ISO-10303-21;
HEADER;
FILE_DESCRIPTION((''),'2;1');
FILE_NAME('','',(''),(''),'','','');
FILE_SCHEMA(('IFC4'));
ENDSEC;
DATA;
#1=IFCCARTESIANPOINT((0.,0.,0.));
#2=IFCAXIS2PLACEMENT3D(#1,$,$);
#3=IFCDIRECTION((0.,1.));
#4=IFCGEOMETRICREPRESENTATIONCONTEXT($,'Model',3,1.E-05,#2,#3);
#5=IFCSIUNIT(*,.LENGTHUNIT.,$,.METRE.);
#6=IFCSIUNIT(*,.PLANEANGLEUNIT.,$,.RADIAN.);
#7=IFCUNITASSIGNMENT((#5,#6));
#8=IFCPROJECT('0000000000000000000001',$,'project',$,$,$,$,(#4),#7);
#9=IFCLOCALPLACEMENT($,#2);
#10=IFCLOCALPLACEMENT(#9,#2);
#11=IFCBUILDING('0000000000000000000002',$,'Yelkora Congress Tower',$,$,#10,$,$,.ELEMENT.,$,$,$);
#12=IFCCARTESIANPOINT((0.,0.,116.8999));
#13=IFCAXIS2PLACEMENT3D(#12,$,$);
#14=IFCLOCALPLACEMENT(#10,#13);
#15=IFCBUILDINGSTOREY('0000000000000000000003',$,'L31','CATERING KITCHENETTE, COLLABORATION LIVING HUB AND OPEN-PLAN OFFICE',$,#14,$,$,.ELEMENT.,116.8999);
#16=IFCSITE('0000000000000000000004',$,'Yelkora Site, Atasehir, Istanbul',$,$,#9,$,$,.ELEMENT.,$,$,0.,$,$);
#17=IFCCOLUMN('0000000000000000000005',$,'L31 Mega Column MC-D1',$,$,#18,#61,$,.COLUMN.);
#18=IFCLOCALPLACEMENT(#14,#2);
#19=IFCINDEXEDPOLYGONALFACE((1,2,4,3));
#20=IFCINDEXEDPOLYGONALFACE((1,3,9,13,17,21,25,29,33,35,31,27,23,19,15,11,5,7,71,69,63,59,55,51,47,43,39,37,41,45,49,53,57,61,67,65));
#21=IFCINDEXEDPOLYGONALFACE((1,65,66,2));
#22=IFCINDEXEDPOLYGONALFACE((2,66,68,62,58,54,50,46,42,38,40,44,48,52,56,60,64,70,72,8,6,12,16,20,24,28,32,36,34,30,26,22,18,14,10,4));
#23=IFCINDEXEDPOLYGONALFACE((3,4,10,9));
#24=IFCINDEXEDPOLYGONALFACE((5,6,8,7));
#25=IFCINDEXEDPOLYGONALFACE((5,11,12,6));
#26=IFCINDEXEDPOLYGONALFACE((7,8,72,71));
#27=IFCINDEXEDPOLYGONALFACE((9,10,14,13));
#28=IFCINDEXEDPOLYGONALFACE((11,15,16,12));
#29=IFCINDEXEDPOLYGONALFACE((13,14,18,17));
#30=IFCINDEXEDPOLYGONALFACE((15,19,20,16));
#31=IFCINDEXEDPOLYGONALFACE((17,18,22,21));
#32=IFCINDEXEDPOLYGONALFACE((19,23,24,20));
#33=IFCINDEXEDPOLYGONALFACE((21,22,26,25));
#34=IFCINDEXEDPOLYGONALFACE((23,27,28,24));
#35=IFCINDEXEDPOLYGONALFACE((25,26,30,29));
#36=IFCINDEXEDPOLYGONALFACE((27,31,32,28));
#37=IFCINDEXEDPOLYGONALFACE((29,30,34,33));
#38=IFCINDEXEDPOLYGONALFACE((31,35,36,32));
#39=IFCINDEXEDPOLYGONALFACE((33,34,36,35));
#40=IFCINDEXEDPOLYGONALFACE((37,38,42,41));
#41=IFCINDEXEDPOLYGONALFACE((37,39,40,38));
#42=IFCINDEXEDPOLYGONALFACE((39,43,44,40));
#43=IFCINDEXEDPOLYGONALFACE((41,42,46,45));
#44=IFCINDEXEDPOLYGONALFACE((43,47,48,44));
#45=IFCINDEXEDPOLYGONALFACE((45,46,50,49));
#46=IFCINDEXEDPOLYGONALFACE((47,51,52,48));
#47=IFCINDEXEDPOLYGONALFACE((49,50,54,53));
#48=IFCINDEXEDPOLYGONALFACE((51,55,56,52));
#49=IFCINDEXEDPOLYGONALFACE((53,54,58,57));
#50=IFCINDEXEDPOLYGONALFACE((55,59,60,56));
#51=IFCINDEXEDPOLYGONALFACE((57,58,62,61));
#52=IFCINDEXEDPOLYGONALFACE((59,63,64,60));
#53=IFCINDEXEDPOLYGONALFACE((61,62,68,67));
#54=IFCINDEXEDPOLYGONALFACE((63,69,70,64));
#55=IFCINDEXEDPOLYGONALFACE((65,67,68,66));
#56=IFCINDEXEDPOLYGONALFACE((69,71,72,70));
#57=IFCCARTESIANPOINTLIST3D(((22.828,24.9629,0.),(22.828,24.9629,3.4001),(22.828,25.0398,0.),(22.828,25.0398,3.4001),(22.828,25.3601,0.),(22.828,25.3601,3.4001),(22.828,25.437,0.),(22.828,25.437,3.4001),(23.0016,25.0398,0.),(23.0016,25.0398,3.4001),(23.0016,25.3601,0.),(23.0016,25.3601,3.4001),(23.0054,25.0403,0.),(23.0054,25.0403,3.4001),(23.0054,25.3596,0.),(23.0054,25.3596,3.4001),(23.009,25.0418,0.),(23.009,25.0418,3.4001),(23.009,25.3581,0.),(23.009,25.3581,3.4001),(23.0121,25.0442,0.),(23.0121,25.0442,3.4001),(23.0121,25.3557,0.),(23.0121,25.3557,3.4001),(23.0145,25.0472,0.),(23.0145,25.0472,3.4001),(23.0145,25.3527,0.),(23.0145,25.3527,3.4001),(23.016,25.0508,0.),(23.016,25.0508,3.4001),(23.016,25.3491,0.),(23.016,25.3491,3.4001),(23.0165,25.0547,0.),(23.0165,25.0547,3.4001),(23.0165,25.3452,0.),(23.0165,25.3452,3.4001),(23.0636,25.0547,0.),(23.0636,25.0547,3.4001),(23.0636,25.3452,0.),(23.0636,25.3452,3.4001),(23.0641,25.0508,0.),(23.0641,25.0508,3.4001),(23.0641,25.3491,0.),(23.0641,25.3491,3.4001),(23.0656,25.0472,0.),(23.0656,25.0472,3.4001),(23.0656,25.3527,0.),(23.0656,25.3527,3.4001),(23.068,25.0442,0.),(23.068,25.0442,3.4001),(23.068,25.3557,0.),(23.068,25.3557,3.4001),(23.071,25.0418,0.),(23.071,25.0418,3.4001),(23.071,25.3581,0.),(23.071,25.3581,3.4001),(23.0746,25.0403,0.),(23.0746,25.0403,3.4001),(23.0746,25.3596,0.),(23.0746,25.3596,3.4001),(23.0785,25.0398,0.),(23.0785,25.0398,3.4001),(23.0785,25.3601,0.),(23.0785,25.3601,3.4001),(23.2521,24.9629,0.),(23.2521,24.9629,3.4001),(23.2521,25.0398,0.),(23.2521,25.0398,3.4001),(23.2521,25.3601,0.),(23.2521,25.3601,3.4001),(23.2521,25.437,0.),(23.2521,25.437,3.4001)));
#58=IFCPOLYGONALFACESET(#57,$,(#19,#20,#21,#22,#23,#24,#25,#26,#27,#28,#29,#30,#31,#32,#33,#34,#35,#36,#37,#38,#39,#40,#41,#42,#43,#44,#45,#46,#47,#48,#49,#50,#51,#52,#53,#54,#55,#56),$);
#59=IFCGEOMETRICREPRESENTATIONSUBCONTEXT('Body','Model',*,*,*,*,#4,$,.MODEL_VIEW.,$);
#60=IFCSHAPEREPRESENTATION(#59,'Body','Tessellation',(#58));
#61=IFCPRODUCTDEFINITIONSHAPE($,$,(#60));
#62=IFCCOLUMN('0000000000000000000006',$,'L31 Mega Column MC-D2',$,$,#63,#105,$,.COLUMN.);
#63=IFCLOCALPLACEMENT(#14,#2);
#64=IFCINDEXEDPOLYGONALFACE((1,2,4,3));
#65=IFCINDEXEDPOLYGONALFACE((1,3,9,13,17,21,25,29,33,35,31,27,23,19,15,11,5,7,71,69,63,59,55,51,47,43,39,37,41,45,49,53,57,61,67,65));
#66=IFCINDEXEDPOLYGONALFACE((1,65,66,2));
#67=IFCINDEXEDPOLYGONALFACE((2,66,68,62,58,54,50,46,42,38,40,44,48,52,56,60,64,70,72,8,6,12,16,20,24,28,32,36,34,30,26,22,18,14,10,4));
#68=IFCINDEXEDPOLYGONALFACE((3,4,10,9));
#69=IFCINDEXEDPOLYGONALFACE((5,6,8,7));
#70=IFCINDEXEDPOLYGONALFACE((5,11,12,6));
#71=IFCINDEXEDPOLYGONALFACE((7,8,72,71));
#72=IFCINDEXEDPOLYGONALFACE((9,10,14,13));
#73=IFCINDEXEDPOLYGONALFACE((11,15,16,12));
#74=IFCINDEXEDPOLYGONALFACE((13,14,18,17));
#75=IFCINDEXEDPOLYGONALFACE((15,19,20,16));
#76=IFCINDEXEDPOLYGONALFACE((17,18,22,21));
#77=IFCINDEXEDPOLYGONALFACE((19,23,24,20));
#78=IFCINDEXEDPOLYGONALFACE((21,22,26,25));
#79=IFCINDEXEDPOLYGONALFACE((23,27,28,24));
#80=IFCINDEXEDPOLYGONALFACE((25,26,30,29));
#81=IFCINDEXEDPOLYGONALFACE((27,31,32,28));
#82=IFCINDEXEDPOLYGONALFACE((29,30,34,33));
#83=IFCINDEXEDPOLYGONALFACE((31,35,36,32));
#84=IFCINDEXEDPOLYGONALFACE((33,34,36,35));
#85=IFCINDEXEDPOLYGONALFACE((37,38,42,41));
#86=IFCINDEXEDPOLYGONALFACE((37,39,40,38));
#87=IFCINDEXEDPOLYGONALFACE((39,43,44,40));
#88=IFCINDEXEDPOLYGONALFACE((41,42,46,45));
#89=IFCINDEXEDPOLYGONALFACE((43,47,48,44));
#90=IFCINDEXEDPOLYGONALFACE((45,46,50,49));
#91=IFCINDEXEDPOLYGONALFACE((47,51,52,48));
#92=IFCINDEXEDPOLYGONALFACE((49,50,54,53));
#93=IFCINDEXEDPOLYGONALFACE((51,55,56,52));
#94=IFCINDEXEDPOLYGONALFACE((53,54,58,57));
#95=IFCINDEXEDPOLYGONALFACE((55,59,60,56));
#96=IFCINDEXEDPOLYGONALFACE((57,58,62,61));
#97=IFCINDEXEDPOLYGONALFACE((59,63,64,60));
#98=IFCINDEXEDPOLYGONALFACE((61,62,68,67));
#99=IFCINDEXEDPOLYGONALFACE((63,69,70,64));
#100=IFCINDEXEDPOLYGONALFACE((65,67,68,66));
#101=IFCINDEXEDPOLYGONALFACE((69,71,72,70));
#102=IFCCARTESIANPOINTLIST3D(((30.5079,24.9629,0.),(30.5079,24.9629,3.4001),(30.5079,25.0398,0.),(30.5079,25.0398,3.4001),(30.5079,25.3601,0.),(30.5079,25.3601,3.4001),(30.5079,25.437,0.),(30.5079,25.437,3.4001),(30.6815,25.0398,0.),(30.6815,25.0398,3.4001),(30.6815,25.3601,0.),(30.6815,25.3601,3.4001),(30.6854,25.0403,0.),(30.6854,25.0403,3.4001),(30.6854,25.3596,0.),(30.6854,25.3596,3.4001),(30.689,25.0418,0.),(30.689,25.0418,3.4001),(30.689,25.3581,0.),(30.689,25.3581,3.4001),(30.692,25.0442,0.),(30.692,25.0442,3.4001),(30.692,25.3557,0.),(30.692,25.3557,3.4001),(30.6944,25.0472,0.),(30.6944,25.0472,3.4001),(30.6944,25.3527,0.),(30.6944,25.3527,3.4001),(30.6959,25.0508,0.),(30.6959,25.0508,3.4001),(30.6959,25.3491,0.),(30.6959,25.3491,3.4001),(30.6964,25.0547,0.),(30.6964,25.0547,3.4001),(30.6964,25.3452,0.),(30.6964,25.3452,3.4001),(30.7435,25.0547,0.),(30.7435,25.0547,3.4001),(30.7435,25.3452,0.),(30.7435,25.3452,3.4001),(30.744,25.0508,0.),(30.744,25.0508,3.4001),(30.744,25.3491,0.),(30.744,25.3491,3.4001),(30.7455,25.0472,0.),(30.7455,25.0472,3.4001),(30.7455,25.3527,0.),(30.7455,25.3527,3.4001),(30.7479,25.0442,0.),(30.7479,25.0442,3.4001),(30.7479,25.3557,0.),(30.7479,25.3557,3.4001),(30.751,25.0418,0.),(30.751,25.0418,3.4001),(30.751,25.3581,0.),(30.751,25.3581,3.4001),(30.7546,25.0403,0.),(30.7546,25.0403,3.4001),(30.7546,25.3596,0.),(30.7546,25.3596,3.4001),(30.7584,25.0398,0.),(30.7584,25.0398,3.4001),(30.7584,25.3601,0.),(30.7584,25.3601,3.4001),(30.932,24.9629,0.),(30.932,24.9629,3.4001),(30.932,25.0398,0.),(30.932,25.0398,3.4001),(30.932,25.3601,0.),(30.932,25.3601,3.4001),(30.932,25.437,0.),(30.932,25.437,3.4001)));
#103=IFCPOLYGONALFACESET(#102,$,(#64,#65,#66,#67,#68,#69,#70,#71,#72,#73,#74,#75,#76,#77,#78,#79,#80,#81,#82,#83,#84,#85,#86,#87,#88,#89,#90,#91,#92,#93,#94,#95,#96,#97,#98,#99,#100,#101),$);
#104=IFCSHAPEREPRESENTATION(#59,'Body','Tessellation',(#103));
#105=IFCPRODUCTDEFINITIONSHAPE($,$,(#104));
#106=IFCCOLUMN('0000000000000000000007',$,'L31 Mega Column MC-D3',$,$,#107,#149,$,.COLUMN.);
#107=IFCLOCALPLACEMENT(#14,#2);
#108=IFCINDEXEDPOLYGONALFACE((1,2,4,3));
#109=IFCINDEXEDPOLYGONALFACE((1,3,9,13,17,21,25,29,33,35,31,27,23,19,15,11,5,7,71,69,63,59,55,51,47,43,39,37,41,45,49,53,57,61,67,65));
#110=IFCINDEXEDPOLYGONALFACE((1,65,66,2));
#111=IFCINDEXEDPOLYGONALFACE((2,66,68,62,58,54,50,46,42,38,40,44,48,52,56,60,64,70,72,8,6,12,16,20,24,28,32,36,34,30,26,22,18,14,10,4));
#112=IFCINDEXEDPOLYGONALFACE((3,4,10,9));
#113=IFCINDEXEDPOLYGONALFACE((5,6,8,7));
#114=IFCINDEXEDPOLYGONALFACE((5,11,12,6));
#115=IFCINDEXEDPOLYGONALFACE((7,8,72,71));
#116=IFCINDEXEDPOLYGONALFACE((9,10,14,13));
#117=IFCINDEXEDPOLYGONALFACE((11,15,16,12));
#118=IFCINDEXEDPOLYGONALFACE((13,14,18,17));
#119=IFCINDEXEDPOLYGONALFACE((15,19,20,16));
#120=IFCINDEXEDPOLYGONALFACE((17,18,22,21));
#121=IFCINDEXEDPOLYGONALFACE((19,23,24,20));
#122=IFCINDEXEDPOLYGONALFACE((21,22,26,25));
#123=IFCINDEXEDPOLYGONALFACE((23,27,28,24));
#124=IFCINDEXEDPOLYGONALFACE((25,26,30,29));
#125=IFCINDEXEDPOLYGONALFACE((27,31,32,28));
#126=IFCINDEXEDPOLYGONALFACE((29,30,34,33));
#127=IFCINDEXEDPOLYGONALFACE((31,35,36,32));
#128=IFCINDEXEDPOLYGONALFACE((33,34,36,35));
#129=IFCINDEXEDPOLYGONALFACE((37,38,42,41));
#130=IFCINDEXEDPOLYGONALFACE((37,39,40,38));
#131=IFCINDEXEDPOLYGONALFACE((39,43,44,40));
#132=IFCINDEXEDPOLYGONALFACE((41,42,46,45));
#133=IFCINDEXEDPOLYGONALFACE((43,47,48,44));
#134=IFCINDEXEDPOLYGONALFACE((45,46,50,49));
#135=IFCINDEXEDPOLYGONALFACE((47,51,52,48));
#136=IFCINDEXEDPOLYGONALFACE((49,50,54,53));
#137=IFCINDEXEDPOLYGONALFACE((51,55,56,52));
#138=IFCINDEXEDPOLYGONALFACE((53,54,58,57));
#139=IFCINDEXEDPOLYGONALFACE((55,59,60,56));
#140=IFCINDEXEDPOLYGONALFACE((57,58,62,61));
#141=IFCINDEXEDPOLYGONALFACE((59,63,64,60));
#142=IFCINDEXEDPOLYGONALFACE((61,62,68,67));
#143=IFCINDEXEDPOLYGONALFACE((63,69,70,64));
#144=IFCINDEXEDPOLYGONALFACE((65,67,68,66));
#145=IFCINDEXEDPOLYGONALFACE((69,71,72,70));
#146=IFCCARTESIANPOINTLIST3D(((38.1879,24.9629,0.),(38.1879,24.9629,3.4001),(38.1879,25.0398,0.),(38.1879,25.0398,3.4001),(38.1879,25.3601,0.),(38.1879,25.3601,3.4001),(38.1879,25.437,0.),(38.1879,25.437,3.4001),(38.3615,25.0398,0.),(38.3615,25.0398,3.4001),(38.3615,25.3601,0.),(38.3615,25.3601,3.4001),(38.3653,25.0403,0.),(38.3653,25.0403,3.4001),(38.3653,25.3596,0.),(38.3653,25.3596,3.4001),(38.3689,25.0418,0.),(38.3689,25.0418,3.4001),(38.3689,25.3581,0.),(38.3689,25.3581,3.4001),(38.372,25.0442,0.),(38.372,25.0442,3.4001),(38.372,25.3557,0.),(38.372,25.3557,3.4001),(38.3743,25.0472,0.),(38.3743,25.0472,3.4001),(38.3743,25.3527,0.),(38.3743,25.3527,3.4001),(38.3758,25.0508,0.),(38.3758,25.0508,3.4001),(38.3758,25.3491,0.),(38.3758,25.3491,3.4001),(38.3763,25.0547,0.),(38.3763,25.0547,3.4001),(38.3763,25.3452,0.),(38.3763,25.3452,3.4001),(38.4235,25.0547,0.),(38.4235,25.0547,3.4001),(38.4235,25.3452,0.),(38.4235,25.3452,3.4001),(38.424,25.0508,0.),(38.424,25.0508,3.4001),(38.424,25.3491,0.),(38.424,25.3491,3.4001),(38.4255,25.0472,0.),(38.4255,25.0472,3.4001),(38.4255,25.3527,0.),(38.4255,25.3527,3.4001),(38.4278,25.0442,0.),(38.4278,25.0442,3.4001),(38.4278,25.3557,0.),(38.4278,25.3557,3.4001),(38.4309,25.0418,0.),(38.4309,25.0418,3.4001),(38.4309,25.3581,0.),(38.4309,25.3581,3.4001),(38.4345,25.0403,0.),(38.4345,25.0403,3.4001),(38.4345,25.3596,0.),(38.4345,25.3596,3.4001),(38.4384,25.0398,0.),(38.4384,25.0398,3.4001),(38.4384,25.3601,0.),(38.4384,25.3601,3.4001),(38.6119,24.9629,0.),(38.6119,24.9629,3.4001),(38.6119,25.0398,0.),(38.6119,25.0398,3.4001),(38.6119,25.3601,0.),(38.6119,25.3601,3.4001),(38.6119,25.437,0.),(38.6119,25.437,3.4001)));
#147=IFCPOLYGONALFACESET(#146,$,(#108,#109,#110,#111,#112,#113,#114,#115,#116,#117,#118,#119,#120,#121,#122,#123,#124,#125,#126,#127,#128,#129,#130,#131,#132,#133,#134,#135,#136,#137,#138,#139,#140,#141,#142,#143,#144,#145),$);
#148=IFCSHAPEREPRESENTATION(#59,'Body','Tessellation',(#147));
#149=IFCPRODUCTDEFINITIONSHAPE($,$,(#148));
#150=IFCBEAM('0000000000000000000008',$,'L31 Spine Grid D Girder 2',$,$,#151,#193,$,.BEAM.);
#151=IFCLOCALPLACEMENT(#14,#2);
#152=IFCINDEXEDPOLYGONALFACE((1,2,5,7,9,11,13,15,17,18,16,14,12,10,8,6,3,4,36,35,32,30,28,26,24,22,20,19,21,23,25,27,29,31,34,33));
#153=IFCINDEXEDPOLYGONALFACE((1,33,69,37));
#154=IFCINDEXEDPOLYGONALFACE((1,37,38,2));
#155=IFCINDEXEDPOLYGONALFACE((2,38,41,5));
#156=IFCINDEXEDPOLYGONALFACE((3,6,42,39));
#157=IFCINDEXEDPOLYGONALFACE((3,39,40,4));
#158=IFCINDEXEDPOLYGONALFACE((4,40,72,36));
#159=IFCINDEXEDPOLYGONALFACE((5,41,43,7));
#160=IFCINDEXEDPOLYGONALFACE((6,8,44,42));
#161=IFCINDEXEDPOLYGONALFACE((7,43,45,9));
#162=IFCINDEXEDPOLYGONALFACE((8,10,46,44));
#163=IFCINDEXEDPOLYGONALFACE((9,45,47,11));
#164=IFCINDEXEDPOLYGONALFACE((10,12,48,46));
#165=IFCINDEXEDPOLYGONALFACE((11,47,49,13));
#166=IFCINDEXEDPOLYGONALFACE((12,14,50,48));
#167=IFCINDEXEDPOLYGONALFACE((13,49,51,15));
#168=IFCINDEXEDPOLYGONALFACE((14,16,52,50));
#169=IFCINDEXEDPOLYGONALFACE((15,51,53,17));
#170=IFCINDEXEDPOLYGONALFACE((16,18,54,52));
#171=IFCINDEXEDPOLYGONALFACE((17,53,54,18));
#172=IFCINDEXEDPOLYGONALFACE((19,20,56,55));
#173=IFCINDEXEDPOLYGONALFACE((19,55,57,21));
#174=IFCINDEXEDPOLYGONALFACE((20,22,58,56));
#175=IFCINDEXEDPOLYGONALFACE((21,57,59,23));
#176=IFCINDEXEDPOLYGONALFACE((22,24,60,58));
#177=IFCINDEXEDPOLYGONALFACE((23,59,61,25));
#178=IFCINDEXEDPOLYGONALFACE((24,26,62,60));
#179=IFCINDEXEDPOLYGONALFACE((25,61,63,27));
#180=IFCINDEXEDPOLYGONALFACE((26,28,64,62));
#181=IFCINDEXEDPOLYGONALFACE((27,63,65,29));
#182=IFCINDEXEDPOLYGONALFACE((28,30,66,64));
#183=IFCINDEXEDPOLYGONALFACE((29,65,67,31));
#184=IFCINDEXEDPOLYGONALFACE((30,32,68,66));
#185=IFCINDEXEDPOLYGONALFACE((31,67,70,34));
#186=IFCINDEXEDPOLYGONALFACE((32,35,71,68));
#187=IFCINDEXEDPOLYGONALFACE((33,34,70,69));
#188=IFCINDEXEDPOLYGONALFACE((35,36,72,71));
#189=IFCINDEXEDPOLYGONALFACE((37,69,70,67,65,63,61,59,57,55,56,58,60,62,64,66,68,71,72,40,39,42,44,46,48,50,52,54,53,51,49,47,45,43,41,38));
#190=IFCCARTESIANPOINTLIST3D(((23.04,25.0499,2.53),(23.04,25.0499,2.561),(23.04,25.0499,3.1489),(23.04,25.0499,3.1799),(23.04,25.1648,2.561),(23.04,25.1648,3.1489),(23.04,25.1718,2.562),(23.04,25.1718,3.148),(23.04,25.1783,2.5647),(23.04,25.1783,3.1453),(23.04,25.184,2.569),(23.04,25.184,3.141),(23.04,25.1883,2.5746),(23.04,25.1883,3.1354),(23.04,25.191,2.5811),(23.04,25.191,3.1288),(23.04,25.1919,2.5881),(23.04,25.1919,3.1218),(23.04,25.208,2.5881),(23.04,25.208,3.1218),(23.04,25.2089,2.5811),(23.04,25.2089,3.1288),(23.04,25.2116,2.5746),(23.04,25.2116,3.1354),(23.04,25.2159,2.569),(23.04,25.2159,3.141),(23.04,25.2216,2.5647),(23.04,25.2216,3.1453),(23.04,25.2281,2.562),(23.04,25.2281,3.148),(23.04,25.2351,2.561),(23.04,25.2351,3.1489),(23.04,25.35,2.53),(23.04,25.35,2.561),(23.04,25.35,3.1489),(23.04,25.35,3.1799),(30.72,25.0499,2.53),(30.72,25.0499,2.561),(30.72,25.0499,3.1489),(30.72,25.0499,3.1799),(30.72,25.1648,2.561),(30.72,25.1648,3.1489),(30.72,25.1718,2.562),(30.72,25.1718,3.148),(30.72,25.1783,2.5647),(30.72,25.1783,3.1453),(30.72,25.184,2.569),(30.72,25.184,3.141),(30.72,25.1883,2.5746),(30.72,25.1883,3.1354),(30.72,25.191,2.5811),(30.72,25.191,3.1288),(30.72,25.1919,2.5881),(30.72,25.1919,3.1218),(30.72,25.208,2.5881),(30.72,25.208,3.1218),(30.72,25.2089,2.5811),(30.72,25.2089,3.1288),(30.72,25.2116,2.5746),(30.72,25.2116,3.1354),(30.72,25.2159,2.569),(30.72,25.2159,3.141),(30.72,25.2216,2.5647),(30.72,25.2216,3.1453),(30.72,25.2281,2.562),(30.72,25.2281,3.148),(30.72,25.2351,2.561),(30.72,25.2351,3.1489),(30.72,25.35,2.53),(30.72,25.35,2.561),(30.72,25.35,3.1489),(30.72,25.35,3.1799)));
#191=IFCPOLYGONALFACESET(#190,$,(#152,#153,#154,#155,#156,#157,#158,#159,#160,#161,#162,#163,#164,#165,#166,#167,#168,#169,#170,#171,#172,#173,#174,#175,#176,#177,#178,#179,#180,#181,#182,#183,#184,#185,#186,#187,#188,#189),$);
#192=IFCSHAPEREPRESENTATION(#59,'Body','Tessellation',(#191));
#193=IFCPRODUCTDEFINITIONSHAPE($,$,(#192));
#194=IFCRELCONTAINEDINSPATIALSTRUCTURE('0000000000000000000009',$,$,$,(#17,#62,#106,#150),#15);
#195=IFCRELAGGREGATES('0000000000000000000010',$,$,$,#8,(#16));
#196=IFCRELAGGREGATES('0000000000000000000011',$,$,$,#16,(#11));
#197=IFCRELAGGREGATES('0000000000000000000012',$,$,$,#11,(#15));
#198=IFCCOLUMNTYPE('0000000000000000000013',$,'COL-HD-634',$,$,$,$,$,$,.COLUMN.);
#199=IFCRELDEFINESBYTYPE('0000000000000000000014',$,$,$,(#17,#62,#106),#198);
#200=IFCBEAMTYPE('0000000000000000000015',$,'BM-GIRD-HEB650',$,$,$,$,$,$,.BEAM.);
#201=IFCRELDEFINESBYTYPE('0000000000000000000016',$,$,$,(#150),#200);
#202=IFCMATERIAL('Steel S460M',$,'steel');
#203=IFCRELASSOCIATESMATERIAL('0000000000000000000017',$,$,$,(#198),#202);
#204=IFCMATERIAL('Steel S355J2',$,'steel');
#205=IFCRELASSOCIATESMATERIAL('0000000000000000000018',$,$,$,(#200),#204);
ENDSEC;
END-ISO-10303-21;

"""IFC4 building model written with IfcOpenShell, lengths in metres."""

from ifc_helpers import new_model, si_unit, direction, frame, origin, origin_2d, place, context, subcontext, project, spatial, i_section, extrude, material, material_profile, profile_set, type_object, element, save


model = new_model("IFC4")

# Units and contexts
model_context = context("Model", 3, precision=1e-05, world=origin(), true_north=direction((0.0, 1.0)))
body_context = subcontext(model_context, "Body", "Model", "MODEL_VIEW")
ifc_project = project(units=[si_unit("LENGTHUNIT", "METRE"), si_unit("PLANEANGLEUNIT", "RADIAN")], contexts=[model_context])

# Site, building, storey
site_placement = place(None, origin())
site = spatial("IfcSite", under=ifc_project, at=site_placement, Name="Yelkora Site, Atasehir, Istanbul", CompositionType="ELEMENT", RefElevation=0.0)
building_placement = place(site_placement, origin())
building = spatial("IfcBuilding", under=site, at=building_placement, Name="Yelkora Congress Tower", CompositionType="ELEMENT")
storey_placement = place(building_placement, frame((0.0, 0.0, 116.8999)))
storey = spatial("IfcBuildingStorey", under=building, at=storey_placement, Name="L31", Description="CATERING KITCHENETTE, COLLABORATION LIVING HUB AND OPEN-PLAN OFFICE", CompositionType="ELEMENT", Elevation=116.8999)

# Columns
ifc_material_1 = material(Name="Steel S460M", Category="steel")
ifc_material_profile_1 = material_profile(ifc_material_1, i_section(OverallWidth=0.4241, OverallDepth=0.4741, WebThickness=0.0471, FlangeThickness=0.0769, FilletRadius=0.0149, at=origin_2d()), Name="HD 400x634")
ifc_profile_set_1 = profile_set([ifc_material_profile_1], Name="Steel S460M")
column_type = type_object("IfcColumnType", Name="COL-HD-634", PredefinedType="COLUMN", material=ifc_profile_set_1)
for number, where, z_axis, x_axis, name in (
    (1, (23.04, 25.2, 0.0), (0.0, 0.0, 1.0), (1.0, 0.0, 0.0), "L31 Mega Column MC-D1"),
    (2, (30.72, 25.2, 0.0), (0.0, 0.0, 1.0), (1.0, 0.0, 0.0), "L31 Mega Column MC-D2"),
    (3, (38.3999, 25.2, 0.0), (0.0, 0.0, 1.0), (1.0, 0.0, 0.0), "L31 Mega Column MC-D3"),
):
    element("IfcColumn", number, at=place(storey_placement, frame(where, z_axis=z_axis, x_axis=x_axis)), inside=storey, type_object=column_type, Name=name, PredefinedType="COLUMN", context=body_context, shape_type="SweptSolid", body=[
        extrude(i_section(OverallWidth=0.4241, OverallDepth=0.4741, WebThickness=0.0471, FlangeThickness=0.0769, FilletRadius=0.0149, at=origin_2d()), origin(), (0.0, 0.0, 1.0), 3.4001),
    ])

# Beam
ifc_material_2 = material(Name="Steel S355J2", Category="steel")
ifc_material_profile_2 = material_profile(ifc_material_2, i_section(OverallWidth=0.3, OverallDepth=0.6499, WebThickness=0.0161, FlangeThickness=0.031, FilletRadius=0.0271, at=origin_2d()), Name="HEB 650")
ifc_profile_set_2 = profile_set([ifc_material_profile_2], Name="Steel S355J2")
beam_type_1 = type_object("IfcBeamType", Name="BM-GIRD-HEB650", PredefinedType="BEAM", material=ifc_profile_set_2)
for number, where, z_axis, x_axis, name in (
    (4, (23.04, 25.2, 2.855), (1.0, 0.0, 0.0), (0.0, 1.0, 0.0), "L31 Spine Grid D Girder 2"),
):
    element("IfcBeam", number, at=place(storey_placement, frame(where, z_axis=z_axis, x_axis=x_axis)), inside=storey, type_object=beam_type_1, Name=name, PredefinedType="BEAM", context=body_context, shape_type="SweptSolid", body=[
        extrude(i_section(OverallWidth=0.3, OverallDepth=0.6499, WebThickness=0.0161, FlangeThickness=0.031, FilletRadius=0.0271, at=origin_2d()), origin(), (0.0, 0.0, 1.0), 7.6799),
    ])

save(model, "model.ifc")
